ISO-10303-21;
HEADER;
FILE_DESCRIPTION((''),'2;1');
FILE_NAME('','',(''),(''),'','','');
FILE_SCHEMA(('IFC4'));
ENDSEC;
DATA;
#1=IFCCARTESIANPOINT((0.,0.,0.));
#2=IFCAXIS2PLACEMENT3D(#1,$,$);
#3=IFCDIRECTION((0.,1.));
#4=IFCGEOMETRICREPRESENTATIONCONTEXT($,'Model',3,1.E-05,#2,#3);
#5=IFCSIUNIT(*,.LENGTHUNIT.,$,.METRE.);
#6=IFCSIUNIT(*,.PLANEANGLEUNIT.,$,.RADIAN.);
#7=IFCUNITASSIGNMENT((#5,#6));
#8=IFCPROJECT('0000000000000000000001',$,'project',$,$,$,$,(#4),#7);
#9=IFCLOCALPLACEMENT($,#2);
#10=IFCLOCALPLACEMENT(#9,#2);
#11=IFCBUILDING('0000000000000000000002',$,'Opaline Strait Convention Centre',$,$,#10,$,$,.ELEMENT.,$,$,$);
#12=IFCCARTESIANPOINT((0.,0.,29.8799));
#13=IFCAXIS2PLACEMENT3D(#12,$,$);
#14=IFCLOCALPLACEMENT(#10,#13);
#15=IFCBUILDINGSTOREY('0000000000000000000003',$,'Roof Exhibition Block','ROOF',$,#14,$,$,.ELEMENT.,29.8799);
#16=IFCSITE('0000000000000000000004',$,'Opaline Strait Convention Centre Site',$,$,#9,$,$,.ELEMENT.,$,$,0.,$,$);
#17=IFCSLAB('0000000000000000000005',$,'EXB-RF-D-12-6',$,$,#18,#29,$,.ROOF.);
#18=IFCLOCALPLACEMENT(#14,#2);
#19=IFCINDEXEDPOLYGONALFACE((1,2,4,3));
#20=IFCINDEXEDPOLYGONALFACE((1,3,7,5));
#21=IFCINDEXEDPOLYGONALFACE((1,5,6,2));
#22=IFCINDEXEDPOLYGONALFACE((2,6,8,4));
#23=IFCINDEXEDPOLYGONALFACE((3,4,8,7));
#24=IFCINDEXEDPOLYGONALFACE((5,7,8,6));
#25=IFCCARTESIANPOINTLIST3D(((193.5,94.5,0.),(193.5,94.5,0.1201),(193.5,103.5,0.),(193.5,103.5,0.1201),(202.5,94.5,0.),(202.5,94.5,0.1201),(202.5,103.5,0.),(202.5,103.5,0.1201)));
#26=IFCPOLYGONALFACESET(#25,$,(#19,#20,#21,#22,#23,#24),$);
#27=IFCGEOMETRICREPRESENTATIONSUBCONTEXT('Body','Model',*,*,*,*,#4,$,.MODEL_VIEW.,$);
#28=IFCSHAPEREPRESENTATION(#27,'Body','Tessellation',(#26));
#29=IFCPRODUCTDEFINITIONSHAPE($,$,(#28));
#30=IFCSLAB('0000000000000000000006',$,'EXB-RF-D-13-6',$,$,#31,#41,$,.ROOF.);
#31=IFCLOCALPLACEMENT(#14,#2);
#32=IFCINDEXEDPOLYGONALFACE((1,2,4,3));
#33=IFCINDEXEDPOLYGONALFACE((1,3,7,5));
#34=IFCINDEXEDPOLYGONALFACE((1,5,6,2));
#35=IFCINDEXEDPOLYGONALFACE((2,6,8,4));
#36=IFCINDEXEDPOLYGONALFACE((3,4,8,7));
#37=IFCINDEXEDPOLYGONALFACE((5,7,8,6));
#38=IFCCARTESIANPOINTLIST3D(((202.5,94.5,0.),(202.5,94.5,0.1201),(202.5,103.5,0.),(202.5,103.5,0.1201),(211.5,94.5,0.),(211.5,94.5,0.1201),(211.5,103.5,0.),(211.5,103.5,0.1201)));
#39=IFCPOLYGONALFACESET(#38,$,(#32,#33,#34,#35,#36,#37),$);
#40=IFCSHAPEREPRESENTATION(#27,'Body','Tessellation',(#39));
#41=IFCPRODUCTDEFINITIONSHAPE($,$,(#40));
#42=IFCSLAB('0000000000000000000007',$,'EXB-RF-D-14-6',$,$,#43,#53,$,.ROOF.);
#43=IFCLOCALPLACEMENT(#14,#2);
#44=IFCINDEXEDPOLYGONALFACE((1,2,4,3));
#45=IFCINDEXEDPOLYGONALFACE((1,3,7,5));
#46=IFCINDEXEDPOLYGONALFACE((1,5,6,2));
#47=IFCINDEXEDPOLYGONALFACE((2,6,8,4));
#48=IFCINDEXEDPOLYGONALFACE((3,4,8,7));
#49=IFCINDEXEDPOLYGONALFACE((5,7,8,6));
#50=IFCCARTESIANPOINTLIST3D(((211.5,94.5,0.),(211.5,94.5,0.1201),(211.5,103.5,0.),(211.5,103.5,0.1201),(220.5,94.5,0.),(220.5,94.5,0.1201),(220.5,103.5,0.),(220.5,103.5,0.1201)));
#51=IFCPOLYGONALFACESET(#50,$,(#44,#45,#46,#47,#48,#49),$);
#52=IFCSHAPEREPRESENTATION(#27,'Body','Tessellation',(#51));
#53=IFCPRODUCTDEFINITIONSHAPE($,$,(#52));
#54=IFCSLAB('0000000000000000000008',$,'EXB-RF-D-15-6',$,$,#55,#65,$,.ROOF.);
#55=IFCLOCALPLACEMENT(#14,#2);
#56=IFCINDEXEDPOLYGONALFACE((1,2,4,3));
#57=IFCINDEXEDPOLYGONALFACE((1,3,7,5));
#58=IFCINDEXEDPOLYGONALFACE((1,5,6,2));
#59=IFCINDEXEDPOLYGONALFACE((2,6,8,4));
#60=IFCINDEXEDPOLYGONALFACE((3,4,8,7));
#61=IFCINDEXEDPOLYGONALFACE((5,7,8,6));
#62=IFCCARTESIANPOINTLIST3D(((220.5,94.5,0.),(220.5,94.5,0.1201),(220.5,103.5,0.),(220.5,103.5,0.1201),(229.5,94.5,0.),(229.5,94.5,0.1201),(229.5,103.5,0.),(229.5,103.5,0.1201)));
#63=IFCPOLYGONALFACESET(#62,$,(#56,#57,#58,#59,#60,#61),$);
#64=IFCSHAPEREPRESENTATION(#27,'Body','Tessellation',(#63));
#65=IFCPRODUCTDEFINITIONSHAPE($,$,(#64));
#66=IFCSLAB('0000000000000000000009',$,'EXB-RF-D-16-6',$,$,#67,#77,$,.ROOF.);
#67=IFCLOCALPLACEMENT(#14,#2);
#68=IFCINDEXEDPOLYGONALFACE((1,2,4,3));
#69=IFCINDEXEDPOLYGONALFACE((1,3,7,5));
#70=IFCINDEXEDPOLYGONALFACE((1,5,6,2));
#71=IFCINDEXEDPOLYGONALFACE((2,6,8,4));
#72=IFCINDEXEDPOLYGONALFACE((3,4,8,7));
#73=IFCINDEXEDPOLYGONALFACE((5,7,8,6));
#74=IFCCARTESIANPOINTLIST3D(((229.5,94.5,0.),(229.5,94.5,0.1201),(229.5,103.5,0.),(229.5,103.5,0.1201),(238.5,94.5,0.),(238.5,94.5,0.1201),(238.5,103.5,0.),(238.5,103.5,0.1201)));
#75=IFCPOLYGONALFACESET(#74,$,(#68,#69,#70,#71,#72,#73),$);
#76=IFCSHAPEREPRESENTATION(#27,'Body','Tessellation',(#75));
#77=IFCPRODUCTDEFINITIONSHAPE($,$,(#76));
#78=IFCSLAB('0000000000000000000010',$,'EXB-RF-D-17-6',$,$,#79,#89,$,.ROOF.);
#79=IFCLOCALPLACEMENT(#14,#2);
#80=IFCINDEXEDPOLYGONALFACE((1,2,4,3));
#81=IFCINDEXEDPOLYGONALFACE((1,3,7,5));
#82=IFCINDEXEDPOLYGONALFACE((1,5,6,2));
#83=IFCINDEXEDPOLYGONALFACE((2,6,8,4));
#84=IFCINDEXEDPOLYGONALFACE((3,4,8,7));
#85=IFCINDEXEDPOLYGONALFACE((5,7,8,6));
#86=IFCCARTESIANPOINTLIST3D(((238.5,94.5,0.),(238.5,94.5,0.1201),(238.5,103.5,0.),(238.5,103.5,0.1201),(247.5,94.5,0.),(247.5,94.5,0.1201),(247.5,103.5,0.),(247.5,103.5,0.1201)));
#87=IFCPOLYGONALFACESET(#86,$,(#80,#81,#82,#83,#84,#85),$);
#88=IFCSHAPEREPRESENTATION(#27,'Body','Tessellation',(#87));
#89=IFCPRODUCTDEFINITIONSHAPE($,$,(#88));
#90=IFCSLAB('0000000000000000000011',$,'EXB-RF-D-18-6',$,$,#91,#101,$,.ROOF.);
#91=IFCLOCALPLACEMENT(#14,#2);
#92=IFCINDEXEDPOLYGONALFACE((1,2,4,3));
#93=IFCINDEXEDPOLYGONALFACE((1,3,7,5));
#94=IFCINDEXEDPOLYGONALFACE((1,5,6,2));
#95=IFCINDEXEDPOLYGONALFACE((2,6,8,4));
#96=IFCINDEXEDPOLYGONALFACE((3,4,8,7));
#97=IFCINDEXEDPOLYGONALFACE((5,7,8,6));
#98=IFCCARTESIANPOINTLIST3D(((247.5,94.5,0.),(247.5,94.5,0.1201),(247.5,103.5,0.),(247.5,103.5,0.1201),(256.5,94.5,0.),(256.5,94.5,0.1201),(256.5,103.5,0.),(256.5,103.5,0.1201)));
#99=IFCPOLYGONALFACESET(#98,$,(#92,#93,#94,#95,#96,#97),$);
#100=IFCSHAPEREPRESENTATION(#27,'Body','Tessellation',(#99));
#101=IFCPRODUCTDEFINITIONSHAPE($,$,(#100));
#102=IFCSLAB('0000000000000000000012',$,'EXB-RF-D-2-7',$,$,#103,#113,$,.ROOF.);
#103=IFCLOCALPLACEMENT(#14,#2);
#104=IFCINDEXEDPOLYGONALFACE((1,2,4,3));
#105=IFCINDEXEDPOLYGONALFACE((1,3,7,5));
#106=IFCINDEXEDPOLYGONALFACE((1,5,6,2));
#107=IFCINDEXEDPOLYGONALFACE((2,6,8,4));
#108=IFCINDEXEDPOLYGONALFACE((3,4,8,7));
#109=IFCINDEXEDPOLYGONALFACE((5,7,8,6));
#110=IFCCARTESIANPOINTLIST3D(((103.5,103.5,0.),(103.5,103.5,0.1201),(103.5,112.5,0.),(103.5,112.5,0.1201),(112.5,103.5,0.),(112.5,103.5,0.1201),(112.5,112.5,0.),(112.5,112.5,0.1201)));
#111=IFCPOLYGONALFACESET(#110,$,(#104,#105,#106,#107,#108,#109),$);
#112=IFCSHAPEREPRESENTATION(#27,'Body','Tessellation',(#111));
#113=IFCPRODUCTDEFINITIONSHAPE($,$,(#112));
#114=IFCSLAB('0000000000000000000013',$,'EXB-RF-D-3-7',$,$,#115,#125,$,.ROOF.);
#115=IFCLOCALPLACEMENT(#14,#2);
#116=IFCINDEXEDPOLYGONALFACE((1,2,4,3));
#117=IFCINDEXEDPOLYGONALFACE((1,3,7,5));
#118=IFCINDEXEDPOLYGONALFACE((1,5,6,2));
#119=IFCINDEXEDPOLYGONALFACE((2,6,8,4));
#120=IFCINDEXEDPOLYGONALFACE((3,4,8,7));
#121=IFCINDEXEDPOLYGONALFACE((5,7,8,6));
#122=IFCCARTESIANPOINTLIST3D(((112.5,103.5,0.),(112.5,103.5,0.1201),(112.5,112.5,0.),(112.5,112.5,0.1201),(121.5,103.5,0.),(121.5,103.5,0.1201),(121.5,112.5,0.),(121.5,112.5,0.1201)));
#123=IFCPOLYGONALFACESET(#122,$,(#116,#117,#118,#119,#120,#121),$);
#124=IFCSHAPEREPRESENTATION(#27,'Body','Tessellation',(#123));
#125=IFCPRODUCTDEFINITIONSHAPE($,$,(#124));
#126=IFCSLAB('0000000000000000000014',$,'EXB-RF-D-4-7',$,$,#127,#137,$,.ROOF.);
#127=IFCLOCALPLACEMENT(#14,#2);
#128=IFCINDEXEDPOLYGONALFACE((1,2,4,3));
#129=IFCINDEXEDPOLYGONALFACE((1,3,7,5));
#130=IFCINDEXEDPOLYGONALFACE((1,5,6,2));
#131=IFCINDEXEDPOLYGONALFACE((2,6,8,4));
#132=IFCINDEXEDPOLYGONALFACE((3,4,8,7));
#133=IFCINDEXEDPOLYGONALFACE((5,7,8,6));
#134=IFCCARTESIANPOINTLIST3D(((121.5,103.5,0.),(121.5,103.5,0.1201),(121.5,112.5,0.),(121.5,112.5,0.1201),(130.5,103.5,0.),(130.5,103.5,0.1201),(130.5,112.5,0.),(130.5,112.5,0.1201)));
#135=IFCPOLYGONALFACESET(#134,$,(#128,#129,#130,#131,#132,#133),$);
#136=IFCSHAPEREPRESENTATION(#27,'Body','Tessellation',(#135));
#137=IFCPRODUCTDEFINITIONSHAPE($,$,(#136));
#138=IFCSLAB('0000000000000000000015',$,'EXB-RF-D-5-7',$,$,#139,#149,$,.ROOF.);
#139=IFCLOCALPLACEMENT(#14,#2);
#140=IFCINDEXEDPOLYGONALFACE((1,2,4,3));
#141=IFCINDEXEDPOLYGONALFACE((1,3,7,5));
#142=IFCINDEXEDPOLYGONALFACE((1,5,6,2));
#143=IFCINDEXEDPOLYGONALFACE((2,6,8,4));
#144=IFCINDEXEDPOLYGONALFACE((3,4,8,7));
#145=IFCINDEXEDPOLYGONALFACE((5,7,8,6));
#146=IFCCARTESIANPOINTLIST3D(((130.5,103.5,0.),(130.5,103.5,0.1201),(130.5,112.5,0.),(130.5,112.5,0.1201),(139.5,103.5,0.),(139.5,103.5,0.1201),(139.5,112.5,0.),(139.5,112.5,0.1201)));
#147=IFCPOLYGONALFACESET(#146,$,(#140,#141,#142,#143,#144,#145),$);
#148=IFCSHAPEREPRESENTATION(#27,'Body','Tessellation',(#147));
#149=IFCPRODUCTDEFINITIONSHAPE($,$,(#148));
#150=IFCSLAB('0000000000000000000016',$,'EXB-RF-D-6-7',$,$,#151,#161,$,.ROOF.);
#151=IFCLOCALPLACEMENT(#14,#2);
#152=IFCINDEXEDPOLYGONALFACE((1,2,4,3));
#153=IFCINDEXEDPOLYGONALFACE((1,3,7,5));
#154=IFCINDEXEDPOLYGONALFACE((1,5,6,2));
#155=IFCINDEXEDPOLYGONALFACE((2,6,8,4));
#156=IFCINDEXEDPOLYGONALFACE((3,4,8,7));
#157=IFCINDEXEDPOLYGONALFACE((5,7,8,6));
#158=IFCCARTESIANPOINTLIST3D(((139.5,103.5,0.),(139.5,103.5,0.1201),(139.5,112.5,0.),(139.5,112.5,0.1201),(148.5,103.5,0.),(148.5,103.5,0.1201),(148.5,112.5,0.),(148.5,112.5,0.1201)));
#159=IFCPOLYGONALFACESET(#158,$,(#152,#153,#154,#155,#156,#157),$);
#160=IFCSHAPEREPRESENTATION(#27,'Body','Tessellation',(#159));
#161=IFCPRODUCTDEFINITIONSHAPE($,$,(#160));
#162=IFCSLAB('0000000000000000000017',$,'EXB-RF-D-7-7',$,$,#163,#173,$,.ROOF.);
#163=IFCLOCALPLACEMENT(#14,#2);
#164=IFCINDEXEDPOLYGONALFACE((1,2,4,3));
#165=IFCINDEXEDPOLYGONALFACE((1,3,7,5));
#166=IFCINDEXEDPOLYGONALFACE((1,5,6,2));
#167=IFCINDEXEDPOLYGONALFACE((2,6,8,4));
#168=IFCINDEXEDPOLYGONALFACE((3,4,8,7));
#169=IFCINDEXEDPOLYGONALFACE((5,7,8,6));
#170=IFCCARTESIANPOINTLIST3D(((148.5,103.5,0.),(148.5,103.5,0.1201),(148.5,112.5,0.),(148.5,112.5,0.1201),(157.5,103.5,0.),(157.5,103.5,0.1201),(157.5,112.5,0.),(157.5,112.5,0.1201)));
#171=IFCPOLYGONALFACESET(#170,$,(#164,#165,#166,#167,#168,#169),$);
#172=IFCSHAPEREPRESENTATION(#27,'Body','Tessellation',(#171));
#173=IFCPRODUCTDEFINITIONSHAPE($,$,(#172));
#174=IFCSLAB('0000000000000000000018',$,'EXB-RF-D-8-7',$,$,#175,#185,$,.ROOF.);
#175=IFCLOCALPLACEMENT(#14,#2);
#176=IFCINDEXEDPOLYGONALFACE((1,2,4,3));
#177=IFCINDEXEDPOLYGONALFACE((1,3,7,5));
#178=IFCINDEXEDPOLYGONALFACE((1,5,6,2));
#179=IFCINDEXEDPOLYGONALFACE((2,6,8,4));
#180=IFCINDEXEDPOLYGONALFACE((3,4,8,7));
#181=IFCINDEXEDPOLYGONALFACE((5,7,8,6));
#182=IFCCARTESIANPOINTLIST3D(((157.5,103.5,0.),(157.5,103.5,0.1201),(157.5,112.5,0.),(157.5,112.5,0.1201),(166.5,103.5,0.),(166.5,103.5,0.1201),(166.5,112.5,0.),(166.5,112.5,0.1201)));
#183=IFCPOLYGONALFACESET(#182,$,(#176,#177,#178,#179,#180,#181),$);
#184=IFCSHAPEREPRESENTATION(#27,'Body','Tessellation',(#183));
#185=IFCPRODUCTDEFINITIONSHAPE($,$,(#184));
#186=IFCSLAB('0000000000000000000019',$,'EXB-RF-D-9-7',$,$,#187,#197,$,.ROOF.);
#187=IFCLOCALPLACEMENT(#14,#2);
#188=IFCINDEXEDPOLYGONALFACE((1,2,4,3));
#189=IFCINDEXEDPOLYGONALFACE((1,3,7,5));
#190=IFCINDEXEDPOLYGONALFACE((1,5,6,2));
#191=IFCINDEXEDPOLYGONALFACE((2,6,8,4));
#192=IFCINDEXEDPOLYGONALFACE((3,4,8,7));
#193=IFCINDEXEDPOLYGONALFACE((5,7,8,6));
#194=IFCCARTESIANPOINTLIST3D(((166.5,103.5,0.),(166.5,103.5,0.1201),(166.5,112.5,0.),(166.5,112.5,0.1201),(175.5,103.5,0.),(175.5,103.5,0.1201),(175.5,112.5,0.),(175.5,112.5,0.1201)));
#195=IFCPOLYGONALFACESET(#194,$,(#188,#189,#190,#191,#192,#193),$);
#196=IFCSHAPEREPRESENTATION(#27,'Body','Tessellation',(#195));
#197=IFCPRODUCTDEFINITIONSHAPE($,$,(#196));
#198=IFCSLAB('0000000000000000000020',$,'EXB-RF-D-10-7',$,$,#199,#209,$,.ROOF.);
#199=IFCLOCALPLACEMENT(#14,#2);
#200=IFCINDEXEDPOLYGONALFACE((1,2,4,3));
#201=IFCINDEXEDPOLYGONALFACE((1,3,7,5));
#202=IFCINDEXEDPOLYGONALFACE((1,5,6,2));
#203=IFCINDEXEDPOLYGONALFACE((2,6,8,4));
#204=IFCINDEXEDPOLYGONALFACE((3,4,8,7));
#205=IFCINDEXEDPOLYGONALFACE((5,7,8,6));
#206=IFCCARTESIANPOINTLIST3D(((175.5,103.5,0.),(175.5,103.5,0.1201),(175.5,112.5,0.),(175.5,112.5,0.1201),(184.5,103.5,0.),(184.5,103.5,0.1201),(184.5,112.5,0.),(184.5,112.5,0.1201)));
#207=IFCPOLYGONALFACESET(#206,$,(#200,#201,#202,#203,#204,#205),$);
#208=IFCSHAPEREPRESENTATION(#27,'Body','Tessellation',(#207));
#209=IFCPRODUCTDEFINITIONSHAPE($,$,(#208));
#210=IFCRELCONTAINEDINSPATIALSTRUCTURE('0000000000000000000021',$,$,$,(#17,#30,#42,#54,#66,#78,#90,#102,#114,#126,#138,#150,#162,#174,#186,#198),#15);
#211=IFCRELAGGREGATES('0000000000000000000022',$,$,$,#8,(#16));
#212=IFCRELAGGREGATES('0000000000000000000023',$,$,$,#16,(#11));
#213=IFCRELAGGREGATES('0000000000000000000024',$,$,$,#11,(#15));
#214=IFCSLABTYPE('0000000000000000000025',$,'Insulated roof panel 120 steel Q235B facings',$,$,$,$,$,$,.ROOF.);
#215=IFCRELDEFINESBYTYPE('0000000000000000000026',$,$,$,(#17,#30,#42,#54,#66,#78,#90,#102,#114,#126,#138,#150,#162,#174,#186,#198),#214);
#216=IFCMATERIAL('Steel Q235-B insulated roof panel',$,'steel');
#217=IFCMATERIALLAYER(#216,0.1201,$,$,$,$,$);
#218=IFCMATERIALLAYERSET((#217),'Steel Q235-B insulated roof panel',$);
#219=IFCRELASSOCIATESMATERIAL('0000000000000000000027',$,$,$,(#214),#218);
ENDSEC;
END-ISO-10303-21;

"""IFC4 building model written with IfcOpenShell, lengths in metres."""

from ifc_helpers import new_model, si_unit, direction, frame, origin, place, context, subcontext, project, spatial, polyline, outline, extrude, material, layer, layer_set, type_object, element, save


model = new_model("IFC4")

# Units and contexts
model_context = context("Model", 3, precision=1e-05, world=origin(), true_north=direction((0.0, 1.0)))
body_context = subcontext(model_context, "Body", "Model", "MODEL_VIEW")
ifc_project = project(units=[si_unit("LENGTHUNIT", "METRE"), si_unit("PLANEANGLEUNIT", "RADIAN")], contexts=[model_context])

# Site, building, storey
site_placement = place(None, origin())
site = spatial("IfcSite", under=ifc_project, at=site_placement, Name="Opaline Strait Convention Centre Site", CompositionType="ELEMENT", RefElevation=0.0)
building_placement = place(site_placement, origin())
building = spatial("IfcBuilding", under=site, at=building_placement, Name="Opaline Strait Convention Centre", CompositionType="ELEMENT")
storey_placement = place(building_placement, frame((0.0, 0.0, 29.8799)))
storey = spatial("IfcBuildingStorey", under=building, at=storey_placement, Name="Roof Exhibition Block", Description="ROOF", CompositionType="ELEMENT", Elevation=29.8799)

# Slabs
ifc_material = material(Name="Steel Q235-B insulated roof panel", Category="steel")
ifc_layer = layer(ifc_material, 0.1201)
ifc_layer_set = layer_set([ifc_layer], Name="Steel Q235-B insulated roof panel")
slab_type = type_object("IfcSlabType", Name="Insulated roof panel 120 steel Q235B facings", PredefinedType="ROOF", material=ifc_layer_set)
slab_1_placement = place(storey_placement, origin())
element("IfcSlab", 1, at=slab_1_placement, inside=storey, type_object=slab_type, Name="EXB-RF-D-12-6", PredefinedType="ROOF", context=body_context, shape_type="SweptSolid", body=[
    extrude(outline(polyline([(193.5, 94.5), (202.5, 94.5), (202.5, 103.5), (193.5, 103.5), (193.5, 94.5)])), origin(), (0.0, 0.0, 1.0), 0.1201),
])
slab_2_placement = place(storey_placement, origin())
element("IfcSlab", 2, at=slab_2_placement, inside=storey, type_object=slab_type, Name="EXB-RF-D-13-6", PredefinedType="ROOF", context=body_context, shape_type="SweptSolid", body=[
    extrude(outline(polyline([(202.5, 94.5), (211.5, 94.5), (211.5, 103.5), (202.5, 103.5), (202.5, 94.5)])), origin(), (0.0, 0.0, 1.0), 0.1201),
])
slab_3_placement = place(storey_placement, origin())
element("IfcSlab", 3, at=slab_3_placement, inside=storey, type_object=slab_type, Name="EXB-RF-D-14-6", PredefinedType="ROOF", context=body_context, shape_type="SweptSolid", body=[
    extrude(outline(polyline([(211.5, 94.5), (220.5, 94.5), (220.5, 103.5), (211.5, 103.5), (211.5, 94.5)])), origin(), (0.0, 0.0, 1.0), 0.1201),
])
slab_4_placement = place(storey_placement, origin())
element("IfcSlab", 4, at=slab_4_placement, inside=storey, type_object=slab_type, Name="EXB-RF-D-15-6", PredefinedType="ROOF", context=body_context, shape_type="SweptSolid", body=[
    extrude(outline(polyline([(220.5, 94.5), (229.5, 94.5), (229.5, 103.5), (220.5, 103.5), (220.5, 94.5)])), origin(), (0.0, 0.0, 1.0), 0.1201),
])
slab_5_placement = place(storey_placement, origin())
element("IfcSlab", 5, at=slab_5_placement, inside=storey, type_object=slab_type, Name="EXB-RF-D-16-6", PredefinedType="ROOF", context=body_context, shape_type="SweptSolid", body=[
    extrude(outline(polyline([(229.5, 94.5), (238.5, 94.5), (238.5, 103.5), (229.5, 103.5), (229.5, 94.5)])), origin(), (0.0, 0.0, 1.0), 0.1201),
])
slab_6_placement = place(storey_placement, origin())
element("IfcSlab", 6, at=slab_6_placement, inside=storey, type_object=slab_type, Name="EXB-RF-D-17-6", PredefinedType="ROOF", context=body_context, shape_type="SweptSolid", body=[
    extrude(outline(polyline([(238.5, 94.5), (247.5, 94.5), (247.5, 103.5), (238.5, 103.5), (238.5, 94.5)])), origin(), (0.0, 0.0, 1.0), 0.1201),
])
slab_7_placement = place(storey_placement, origin())
element("IfcSlab", 7, at=slab_7_placement, inside=storey, type_object=slab_type, Name="EXB-RF-D-18-6", PredefinedType="ROOF", context=body_context, shape_type="SweptSolid", body=[
    extrude(outline(polyline([(247.5, 94.5), (256.5, 94.5), (256.5, 103.5), (247.5, 103.5), (247.5, 94.5)])), origin(), (0.0, 0.0, 1.0), 0.1201),
])
slab_8_placement = place(storey_placement, origin())
element("IfcSlab", 8, at=slab_8_placement, inside=storey, type_object=slab_type, Name="EXB-RF-D-2-7", PredefinedType="ROOF", context=body_context, shape_type="SweptSolid", body=[
    extrude(outline(polyline([(103.5, 103.5), (112.5, 103.5), (112.5, 112.5), (103.5, 112.5), (103.5, 103.5)])), origin(), (0.0, 0.0, 1.0), 0.1201),
])
slab_9_placement = place(storey_placement, origin())
element("IfcSlab", 9, at=slab_9_placement, inside=storey, type_object=slab_type, Name="EXB-RF-D-3-7", PredefinedType="ROOF", context=body_context, shape_type="SweptSolid", body=[
    extrude(outline(polyline([(112.5, 103.5), (121.5, 103.5), (121.5, 112.5), (112.5, 112.5), (112.5, 103.5)])), origin(), (0.0, 0.0, 1.0), 0.1201),
])
slab_10_placement = place(storey_placement, origin())
element("IfcSlab", 10, at=slab_10_placement, inside=storey, type_object=slab_type, Name="EXB-RF-D-4-7", PredefinedType="ROOF", context=body_context, shape_type="SweptSolid", body=[
    extrude(outline(polyline([(121.5, 103.5), (130.5, 103.5), (130.5, 112.5), (121.5, 112.5), (121.5, 103.5)])), origin(), (0.0, 0.0, 1.0), 0.1201),
])
slab_11_placement = place(storey_placement, origin())
element("IfcSlab", 11, at=slab_11_placement, inside=storey, type_object=slab_type, Name="EXB-RF-D-5-7", PredefinedType="ROOF", context=body_context, shape_type="SweptSolid", body=[
    extrude(outline(polyline([(130.5, 103.5), (139.5, 103.5), (139.5, 112.5), (130.5, 112.5), (130.5, 103.5)])), origin(), (0.0, 0.0, 1.0), 0.1201),
])
slab_12_placement = place(storey_placement, origin())
element("IfcSlab", 12, at=slab_12_placement, inside=storey, type_object=slab_type, Name="EXB-RF-D-6-7", PredefinedType="ROOF", context=body_context, shape_type="SweptSolid", body=[
    extrude(outline(polyline([(139.5, 103.5), (148.5, 103.5), (148.5, 112.5), (139.5, 112.5), (139.5, 103.5)])), origin(), (0.0, 0.0, 1.0), 0.1201),
])
slab_13_placement = place(storey_placement, origin())
element("IfcSlab", 13, at=slab_13_placement, inside=storey, type_object=slab_type, Name="EXB-RF-D-7-7", PredefinedType="ROOF", context=body_context, shape_type="SweptSolid", body=[
    extrude(outline(polyline([(148.5, 103.5), (157.5, 103.5), (157.5, 112.5), (148.5, 112.5), (148.5, 103.5)])), origin(), (0.0, 0.0, 1.0), 0.1201),
])
slab_14_placement = place(storey_placement, origin())
element("IfcSlab", 14, at=slab_14_placement, inside=storey, type_object=slab_type, Name="EXB-RF-D-8-7", PredefinedType="ROOF", context=body_context, shape_type="SweptSolid", body=[
    extrude(outline(polyline([(157.5, 103.5), (166.5, 103.5), (166.5, 112.5), (157.5, 112.5), (157.5, 103.5)])), origin(), (0.0, 0.0, 1.0), 0.1201),
])
slab_15_placement = place(storey_placement, origin())
element("IfcSlab", 15, at=slab_15_placement, inside=storey, type_object=slab_type, Name="EXB-RF-D-9-7", PredefinedType="ROOF", context=body_context, shape_type="SweptSolid", body=[
    extrude(outline(polyline([(166.5, 103.5), (175.5, 103.5), (175.5, 112.5), (166.5, 112.5), (166.5, 103.5)])), origin(), (0.0, 0.0, 1.0), 0.1201),
])
slab_16_placement = place(storey_placement, origin())
element("IfcSlab", 16, at=slab_16_placement, inside=storey, type_object=slab_type, Name="EXB-RF-D-10-7", PredefinedType="ROOF", context=body_context, shape_type="SweptSolid", body=[
    extrude(outline(polyline([(175.5, 103.5), (184.5, 103.5), (184.5, 112.5), (175.5, 112.5), (175.5, 103.5)])), origin(), (0.0, 0.0, 1.0), 0.1201),
])

save(model, "model.ifc")
